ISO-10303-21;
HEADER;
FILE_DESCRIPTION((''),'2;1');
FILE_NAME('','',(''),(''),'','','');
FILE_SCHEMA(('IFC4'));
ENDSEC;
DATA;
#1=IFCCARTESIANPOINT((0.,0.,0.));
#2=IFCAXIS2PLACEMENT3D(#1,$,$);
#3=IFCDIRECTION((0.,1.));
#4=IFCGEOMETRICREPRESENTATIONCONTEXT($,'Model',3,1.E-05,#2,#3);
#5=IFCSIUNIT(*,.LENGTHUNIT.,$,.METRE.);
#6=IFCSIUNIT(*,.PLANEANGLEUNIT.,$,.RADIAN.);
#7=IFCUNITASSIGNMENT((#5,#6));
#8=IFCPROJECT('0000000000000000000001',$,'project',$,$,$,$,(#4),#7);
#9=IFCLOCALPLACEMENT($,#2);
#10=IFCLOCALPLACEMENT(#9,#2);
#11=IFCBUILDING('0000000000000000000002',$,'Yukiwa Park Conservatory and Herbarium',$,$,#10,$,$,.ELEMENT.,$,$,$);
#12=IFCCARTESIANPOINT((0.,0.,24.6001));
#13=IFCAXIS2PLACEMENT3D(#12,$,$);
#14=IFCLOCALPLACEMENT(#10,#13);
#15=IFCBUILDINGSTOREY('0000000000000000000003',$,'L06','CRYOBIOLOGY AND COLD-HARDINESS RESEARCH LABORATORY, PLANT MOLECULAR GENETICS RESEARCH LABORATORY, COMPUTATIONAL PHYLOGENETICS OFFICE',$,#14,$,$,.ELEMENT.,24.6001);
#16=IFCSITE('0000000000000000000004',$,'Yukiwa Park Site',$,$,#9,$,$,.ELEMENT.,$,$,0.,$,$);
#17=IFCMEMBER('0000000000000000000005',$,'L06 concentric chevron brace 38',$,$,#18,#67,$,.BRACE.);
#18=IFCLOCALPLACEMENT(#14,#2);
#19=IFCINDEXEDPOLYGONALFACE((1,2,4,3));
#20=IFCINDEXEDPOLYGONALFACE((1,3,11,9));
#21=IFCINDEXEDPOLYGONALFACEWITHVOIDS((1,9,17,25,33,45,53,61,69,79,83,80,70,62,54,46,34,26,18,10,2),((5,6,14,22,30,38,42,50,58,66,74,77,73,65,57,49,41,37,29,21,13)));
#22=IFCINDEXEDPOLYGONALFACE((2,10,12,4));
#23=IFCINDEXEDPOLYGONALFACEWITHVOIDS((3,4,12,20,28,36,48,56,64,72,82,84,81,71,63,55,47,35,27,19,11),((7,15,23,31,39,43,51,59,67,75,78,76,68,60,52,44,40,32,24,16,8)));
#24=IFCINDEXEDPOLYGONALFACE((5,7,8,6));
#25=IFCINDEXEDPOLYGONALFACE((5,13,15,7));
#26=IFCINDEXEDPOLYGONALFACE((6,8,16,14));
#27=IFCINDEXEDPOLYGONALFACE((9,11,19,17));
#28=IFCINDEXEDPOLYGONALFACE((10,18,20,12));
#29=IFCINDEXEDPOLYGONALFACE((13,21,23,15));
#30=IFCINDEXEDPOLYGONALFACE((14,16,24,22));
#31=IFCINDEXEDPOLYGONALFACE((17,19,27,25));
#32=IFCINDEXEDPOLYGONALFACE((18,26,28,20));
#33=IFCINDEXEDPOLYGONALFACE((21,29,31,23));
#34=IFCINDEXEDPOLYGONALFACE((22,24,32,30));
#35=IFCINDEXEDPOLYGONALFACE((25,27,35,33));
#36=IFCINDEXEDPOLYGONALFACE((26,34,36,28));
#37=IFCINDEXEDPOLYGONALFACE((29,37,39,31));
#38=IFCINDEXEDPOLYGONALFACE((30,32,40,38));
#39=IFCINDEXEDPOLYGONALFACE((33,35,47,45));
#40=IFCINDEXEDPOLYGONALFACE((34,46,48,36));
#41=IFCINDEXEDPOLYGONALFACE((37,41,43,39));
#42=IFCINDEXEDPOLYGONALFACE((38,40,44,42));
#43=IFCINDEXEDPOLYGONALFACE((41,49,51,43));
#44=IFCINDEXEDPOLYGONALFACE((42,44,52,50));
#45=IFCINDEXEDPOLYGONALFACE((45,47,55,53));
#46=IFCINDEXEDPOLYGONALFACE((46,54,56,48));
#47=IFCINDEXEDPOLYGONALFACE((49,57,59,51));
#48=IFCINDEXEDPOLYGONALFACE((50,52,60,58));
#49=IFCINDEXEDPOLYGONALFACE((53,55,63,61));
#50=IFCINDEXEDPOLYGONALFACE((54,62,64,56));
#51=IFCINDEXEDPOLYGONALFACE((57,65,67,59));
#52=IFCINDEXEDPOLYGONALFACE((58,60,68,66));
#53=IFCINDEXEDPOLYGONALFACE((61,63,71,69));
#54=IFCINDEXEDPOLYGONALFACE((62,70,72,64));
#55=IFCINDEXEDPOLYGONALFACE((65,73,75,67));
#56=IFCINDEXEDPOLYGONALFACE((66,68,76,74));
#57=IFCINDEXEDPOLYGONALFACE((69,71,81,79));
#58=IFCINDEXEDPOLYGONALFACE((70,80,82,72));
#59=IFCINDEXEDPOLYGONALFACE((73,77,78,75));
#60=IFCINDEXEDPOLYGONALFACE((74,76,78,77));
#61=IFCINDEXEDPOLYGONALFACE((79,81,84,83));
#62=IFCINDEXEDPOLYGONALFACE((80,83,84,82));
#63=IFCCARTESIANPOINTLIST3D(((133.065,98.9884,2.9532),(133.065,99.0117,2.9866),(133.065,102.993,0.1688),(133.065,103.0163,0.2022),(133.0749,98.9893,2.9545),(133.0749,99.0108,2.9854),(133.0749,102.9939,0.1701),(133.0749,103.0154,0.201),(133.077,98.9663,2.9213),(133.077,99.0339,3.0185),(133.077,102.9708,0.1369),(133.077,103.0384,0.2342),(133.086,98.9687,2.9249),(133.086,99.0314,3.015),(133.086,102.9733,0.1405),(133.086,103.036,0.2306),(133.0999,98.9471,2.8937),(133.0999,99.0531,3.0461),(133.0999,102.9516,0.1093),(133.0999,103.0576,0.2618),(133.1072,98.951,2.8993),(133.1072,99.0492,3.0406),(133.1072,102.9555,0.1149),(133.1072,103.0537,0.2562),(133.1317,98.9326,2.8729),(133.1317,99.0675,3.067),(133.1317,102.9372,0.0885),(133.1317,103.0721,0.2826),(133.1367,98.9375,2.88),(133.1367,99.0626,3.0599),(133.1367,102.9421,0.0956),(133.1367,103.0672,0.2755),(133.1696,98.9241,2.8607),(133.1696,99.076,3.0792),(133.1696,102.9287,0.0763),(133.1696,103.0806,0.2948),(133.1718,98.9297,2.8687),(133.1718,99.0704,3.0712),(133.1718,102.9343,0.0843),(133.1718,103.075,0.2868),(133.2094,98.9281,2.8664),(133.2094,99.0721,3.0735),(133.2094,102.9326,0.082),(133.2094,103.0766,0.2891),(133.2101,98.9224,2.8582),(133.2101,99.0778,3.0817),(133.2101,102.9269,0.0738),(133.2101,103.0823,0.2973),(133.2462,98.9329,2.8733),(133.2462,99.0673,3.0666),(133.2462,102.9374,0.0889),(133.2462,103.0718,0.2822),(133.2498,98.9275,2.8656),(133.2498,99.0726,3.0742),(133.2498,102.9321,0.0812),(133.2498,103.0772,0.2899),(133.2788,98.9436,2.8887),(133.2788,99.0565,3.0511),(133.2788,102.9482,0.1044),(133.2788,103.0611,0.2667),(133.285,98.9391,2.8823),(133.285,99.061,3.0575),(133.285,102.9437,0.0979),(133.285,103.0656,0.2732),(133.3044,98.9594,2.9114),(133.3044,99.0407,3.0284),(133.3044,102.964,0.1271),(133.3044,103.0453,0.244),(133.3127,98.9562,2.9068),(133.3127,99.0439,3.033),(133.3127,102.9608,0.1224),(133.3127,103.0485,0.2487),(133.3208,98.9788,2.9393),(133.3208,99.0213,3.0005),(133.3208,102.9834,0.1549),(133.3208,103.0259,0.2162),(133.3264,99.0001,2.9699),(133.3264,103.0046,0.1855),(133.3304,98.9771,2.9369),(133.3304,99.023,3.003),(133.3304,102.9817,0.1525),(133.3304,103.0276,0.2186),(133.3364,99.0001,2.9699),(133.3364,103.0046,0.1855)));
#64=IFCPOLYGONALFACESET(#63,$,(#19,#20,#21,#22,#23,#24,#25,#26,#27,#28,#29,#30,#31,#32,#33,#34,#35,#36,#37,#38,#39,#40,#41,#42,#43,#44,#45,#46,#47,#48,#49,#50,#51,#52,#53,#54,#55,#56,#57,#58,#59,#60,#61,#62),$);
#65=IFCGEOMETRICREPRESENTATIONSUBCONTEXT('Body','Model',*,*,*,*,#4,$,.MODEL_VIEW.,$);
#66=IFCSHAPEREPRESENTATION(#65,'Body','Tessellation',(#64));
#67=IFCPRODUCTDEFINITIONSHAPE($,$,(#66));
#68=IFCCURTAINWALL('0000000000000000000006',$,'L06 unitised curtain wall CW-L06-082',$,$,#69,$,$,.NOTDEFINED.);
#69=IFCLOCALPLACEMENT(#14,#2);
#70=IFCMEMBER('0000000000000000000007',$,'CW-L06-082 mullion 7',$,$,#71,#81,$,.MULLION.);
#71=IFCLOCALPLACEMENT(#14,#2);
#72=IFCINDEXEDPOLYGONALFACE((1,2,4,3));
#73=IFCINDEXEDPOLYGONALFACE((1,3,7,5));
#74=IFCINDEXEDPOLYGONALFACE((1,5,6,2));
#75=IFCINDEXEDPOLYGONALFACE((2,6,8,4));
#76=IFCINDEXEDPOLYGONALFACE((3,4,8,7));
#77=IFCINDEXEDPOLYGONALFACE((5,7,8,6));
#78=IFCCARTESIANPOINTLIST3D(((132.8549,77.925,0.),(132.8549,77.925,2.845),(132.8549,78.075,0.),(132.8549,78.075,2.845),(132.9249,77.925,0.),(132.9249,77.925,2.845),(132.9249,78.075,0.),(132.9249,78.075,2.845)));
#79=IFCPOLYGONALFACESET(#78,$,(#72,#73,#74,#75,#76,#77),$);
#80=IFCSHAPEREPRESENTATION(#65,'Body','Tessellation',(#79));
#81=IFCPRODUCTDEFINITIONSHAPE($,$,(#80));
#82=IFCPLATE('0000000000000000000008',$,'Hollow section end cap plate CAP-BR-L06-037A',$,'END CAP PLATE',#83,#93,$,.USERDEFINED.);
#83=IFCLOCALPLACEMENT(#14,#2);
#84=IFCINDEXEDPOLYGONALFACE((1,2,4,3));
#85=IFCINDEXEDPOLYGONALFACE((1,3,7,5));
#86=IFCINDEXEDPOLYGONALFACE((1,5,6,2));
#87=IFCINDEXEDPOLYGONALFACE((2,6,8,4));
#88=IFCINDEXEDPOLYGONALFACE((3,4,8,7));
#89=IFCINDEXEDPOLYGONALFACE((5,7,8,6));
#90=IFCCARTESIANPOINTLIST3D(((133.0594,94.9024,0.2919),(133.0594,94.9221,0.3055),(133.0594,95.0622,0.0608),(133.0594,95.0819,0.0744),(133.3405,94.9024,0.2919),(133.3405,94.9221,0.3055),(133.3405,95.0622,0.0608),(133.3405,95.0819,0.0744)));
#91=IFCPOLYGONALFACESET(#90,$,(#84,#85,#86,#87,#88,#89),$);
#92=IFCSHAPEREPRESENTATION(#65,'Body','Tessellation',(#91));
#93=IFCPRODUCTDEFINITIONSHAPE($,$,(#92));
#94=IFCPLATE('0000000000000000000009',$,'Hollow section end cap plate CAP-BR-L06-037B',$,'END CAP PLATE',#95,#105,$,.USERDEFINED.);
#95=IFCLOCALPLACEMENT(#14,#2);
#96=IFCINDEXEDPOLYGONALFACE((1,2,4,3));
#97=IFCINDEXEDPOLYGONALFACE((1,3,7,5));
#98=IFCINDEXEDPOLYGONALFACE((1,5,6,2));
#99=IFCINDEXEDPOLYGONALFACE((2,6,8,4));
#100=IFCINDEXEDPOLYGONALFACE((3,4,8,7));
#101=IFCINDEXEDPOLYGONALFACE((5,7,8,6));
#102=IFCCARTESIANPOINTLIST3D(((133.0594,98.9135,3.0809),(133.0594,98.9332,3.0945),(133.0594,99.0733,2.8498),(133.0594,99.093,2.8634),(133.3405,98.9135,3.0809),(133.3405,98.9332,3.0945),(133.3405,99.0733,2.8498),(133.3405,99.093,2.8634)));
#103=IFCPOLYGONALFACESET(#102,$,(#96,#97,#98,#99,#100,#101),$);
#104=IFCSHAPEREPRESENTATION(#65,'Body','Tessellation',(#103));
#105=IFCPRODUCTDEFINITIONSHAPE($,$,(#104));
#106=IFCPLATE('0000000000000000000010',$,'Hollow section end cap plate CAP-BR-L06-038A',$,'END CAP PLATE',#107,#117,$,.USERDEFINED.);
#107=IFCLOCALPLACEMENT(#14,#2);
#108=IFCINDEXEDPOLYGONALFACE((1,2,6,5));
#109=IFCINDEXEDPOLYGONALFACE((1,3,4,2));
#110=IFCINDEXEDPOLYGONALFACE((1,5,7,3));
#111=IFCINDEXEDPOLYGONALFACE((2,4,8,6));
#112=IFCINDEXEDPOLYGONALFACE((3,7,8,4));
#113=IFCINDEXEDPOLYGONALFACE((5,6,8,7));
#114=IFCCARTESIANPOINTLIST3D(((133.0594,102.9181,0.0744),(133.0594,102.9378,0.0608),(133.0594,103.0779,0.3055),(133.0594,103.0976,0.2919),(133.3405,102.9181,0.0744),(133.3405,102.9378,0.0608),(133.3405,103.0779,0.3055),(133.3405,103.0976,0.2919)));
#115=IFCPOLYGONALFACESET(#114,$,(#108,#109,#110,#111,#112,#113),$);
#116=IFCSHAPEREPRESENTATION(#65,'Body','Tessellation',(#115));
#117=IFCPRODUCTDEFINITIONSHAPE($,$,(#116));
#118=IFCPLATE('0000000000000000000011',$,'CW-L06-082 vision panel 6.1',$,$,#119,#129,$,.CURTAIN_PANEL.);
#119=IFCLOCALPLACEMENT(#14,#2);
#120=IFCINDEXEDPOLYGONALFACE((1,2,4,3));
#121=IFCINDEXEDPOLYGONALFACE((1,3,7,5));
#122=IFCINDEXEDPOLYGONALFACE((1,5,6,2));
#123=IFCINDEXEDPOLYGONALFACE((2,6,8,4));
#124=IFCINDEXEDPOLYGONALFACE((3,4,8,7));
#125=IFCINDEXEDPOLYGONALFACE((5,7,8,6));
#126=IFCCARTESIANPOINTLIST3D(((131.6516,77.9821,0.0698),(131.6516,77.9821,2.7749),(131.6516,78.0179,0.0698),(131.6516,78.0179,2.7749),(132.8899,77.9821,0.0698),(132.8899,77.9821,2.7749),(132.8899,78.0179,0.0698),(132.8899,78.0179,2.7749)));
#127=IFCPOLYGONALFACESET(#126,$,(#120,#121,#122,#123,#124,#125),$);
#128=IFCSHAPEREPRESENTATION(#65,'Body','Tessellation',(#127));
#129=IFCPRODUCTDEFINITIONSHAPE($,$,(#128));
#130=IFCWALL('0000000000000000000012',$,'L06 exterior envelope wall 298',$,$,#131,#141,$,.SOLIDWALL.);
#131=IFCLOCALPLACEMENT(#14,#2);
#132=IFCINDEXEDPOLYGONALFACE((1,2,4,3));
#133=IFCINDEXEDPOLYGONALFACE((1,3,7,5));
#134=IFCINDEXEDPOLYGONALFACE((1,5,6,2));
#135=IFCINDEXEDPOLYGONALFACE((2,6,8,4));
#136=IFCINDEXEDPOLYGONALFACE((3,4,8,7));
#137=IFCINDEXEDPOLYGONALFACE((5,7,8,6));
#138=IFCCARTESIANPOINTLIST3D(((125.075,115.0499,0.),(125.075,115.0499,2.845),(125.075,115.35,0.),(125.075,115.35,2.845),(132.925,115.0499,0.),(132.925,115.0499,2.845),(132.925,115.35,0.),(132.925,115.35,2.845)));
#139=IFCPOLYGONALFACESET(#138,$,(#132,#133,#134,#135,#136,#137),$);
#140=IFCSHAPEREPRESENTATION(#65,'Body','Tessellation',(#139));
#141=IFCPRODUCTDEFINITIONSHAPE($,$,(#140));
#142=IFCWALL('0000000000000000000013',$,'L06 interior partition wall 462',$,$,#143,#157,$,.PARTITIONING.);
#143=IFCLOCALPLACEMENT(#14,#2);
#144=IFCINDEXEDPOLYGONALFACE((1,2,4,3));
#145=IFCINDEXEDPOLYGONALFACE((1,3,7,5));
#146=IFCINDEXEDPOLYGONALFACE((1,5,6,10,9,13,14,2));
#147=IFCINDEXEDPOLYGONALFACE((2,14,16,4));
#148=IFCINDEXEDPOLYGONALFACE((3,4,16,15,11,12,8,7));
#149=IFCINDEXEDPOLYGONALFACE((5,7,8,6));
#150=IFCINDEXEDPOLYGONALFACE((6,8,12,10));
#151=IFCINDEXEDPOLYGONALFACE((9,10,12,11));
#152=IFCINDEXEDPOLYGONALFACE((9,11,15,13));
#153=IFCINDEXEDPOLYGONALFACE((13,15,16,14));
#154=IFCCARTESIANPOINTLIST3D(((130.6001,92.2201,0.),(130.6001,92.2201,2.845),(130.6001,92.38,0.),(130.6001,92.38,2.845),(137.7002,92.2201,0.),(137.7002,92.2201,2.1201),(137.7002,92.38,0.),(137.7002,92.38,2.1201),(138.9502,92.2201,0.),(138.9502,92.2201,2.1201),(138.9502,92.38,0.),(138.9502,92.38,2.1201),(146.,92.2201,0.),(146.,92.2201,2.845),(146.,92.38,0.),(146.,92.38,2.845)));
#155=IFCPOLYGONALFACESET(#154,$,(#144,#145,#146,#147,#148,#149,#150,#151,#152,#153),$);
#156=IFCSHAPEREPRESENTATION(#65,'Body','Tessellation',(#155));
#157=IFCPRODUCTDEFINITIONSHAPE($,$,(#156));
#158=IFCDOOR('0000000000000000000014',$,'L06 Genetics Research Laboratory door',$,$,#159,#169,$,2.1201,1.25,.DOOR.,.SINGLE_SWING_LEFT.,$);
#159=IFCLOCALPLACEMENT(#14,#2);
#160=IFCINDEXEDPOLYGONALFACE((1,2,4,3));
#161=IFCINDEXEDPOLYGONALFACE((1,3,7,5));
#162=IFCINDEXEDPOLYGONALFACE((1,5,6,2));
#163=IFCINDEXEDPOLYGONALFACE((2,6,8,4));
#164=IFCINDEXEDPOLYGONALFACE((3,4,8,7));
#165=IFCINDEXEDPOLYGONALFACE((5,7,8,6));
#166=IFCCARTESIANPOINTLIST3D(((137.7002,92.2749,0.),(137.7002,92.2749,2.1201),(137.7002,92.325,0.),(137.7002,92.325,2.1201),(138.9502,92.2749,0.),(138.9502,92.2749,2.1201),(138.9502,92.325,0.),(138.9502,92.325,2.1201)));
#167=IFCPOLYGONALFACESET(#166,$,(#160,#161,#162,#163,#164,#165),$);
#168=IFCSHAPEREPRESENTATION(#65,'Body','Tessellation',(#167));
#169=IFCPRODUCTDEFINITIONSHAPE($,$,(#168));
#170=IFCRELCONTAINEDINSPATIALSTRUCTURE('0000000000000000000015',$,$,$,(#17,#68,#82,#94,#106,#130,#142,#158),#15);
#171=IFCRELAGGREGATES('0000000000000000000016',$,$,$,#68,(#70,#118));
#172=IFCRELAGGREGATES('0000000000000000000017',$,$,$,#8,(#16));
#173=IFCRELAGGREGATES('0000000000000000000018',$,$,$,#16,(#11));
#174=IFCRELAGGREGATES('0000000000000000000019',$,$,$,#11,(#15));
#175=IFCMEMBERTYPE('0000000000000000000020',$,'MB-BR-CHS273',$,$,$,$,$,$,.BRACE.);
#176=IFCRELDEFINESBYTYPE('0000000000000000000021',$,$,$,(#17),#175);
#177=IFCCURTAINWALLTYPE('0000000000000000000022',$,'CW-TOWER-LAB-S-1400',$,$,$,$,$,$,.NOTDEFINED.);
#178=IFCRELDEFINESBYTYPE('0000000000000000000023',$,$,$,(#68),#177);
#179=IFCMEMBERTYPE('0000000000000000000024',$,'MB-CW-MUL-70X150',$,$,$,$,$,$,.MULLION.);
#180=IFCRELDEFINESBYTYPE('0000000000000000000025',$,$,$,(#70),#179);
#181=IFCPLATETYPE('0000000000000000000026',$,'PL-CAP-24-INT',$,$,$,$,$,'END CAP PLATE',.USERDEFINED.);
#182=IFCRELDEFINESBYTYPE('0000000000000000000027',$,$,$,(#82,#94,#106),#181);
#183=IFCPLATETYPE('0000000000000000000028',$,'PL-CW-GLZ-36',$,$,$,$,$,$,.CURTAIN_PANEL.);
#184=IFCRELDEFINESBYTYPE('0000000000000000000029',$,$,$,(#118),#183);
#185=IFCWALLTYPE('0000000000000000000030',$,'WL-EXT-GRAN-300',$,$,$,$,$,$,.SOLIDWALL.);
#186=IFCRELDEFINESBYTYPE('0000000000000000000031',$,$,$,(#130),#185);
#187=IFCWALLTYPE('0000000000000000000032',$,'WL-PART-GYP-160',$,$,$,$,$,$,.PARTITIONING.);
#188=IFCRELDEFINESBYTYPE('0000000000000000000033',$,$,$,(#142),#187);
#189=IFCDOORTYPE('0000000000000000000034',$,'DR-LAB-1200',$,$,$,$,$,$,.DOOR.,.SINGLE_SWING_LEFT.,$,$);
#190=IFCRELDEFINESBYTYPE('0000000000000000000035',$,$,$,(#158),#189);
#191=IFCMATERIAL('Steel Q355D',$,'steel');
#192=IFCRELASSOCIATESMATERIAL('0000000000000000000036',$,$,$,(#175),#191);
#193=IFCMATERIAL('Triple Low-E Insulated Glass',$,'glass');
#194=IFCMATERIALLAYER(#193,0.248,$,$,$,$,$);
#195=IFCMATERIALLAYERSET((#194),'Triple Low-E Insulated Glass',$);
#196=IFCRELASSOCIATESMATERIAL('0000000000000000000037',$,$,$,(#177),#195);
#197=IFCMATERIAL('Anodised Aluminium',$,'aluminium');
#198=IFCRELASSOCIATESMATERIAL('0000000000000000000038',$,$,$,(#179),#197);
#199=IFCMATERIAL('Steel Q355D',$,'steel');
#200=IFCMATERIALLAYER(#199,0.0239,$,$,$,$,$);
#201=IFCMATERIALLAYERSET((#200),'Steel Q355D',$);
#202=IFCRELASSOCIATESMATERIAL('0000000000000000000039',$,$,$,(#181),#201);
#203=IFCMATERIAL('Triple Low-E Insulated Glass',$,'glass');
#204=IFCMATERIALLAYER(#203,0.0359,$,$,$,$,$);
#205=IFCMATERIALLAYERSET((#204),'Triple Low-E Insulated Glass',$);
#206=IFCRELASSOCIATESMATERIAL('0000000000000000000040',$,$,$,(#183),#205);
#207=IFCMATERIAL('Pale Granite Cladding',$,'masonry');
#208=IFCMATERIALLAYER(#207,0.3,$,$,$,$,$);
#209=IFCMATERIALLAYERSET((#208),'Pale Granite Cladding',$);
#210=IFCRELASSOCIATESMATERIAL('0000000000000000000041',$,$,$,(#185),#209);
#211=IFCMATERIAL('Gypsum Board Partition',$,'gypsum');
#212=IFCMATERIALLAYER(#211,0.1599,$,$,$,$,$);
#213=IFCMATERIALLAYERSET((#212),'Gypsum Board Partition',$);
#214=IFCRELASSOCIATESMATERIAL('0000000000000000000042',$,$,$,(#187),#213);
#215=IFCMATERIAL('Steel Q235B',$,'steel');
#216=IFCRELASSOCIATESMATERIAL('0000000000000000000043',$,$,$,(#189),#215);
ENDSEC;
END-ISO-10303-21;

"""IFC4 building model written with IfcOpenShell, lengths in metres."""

from ifc_helpers import new_model, si_unit, direction, frame, frame_2d, origin, origin_2d, place, context, subcontext, project, spatial, rectangle, hollow_circle, extrude, material, layer, layer_set, material_profile, profile_set, type_object, element, fill, aggregate, save


model = new_model("IFC4")

# Units and contexts
model_context = context("Model", 3, precision=1e-05, world=origin(), true_north=direction((0.0, 1.0)))
body_context = subcontext(model_context, "Body", "Model", "MODEL_VIEW")
ifc_project = project(units=[si_unit("LENGTHUNIT", "METRE"), si_unit("PLANEANGLEUNIT", "RADIAN")], contexts=[model_context])

# Site, building, storey
site_placement = place(None, origin())
site = spatial("IfcSite", under=ifc_project, at=site_placement, Name="Yukiwa Park Site", CompositionType="ELEMENT", RefElevation=0.0)
building_placement = place(site_placement, origin())
building = spatial("IfcBuilding", under=site, at=building_placement, Name="Yukiwa Park Conservatory and Herbarium", CompositionType="ELEMENT")
storey_placement = place(building_placement, frame((0.0, 0.0, 24.6001)))
storey = spatial("IfcBuildingStorey", under=building, at=storey_placement, Name="L06", Description="CRYOBIOLOGY AND COLD-HARDINESS RESEARCH LABORATORY, PLANT MOLECULAR GENETICS RESEARCH LABORATORY, COMPUTATIONAL PHYLOGENETICS OFFICE", CompositionType="ELEMENT", Elevation=24.6001)

# Member
ifc_material_1 = material(Name="Steel Q355D", Category="steel")
ifc_material_profile_1 = material_profile(ifc_material_1, hollow_circle(Radius=0.1365, WallThickness=0.01, at=origin_2d()), Name="CHS 273x10")
ifc_profile_set_1 = profile_set([ifc_material_profile_1], Name="Steel Q355D")
member_type_1 = type_object("IfcMemberType", Name="MB-BR-CHS273", PredefinedType="BRACE", material=ifc_profile_set_1)
for number, where, z_axis, x_axis, name in (
    (1, (133.2, 103.0046, 0.1855), (0.0, -0.821041, 0.570869), (1.0, 0.0, 0.0), "L06 concentric chevron brace 38"),
):
    element("IfcMember", number, at=place(storey_placement, frame(where, z_axis=z_axis, x_axis=x_axis)), inside=storey, type_object=member_type_1, Name=name, PredefinedType="BRACE", context=body_context, shape_type="SweptSolid", body=[
        extrude(hollow_circle(Radius=0.1365, WallThickness=0.01, at=origin_2d()), origin(), (0.0, 0.0, 1.0), 4.8774),
    ])

# Curtain wall, member
ifc_material_2 = material(Name="Triple Low-E Insulated Glass", Category="glass")
ifc_layer_1 = layer(ifc_material_2, 0.248)
ifc_layer_set_1 = layer_set([ifc_layer_1], Name="Triple Low-E Insulated Glass")
curtain_wall_type = type_object("IfcCurtainWallType", Name="CW-TOWER-LAB-S-1400", PredefinedType="NOTDEFINED", material=ifc_layer_set_1)
curtain_wall_placement = place(storey_placement, origin())
curtain_wall = element("IfcCurtainWall", 2, at=curtain_wall_placement, inside=storey, type_object=curtain_wall_type, Name="L06 unitised curtain wall CW-L06-082", PredefinedType="NOTDEFINED")
ifc_material_3 = material(Name="Anodised Aluminium", Category="aluminium")
member_type_2 = type_object("IfcMemberType", Name="MB-CW-MUL-70X150", PredefinedType="MULLION", material=ifc_material_3)
member_placement = place(storey_placement, frame((132.8899, 78.0, 0.0), z_axis=(0.0, 0.0, 1.0), x_axis=(1.0, 0.0, 0.0)))
member = element("IfcMember", 3, at=member_placement, type_object=member_type_2, Name="CW-L06-082 mullion 7", PredefinedType="MULLION", context=body_context, shape_type="SweptSolid", body=[
    extrude(rectangle(XDim=0.0701, YDim=0.1499, at=origin_2d()), origin(), (0.0, 0.0, 1.0), 2.845),
])

# Plates
ifc_material_4 = material(Name="Steel Q355D", Category="steel")
ifc_layer_2 = layer(ifc_material_4, 0.0239)
ifc_layer_set_2 = layer_set([ifc_layer_2], Name="Steel Q355D")
plate_type_1 = type_object("IfcPlateType", Name="PL-CAP-24-INT", ElementType="END CAP PLATE", PredefinedType="USERDEFINED", material=ifc_layer_set_2)
for number, where, z_axis, x_axis, name in (
    (4, (133.2, 95.002, 0.1899), (0.0, -0.822558, -0.568682), (1.0, 0.0, 0.0), "Hollow section end cap plate CAP-BR-L06-037A"),
    (5, (133.2, 98.9934, 2.9653), (0.0, 0.822558, 0.568682), (-1.0, 0.0, 0.0), "Hollow section end cap plate CAP-BR-L06-037B"),
    (6, (133.2, 102.998, 0.1899), (0.0, 0.822558, -0.568682), (-1.0, 0.0, 0.0), "Hollow section end cap plate CAP-BR-L06-038A"),
):
    element("IfcPlate", number, at=place(storey_placement, frame(where, z_axis=z_axis, x_axis=x_axis)), inside=storey, type_object=plate_type_1, Name=name, ObjectType="END CAP PLATE", PredefinedType="USERDEFINED", context=body_context, shape_type="SweptSolid", body=[
        extrude(rectangle(XDim=0.281, YDim=0.281, at=origin_2d()), origin(), (0.0, 0.0, 1.0), 0.0239),
    ])

# Plate
ifc_material_5 = material(Name="Triple Low-E Insulated Glass", Category="glass")
ifc_layer_3 = layer(ifc_material_5, 0.0359)
ifc_layer_set_3 = layer_set([ifc_layer_3], Name="Triple Low-E Insulated Glass")
plate_type_2 = type_object("IfcPlateType", Name="PL-CW-GLZ-36", PredefinedType="CURTAIN_PANEL", material=ifc_layer_set_3)
plate_placement = place(storey_placement, frame((132.2708, 78.0, 0.0698), z_axis=(0.0, 0.0, 1.0), x_axis=(1.0, 0.0, 0.0)))
plate = element("IfcPlate", 7, at=plate_placement, type_object=plate_type_2, Name="CW-L06-082 vision panel 6.1", PredefinedType="CURTAIN_PANEL", context=body_context, shape_type="SweptSolid", body=[
    extrude(rectangle(XDim=1.2383, YDim=0.0359, at=origin_2d()), origin(), (0.0, 0.0, 1.0), 2.7051),
])
aggregate(curtain_wall, [member, plate])

# Wall
ifc_material_6 = material(Name="Pale Granite Cladding", Category="masonry")
ifc_layer_4 = layer(ifc_material_6, 0.3)
ifc_layer_set_4 = layer_set([ifc_layer_4], Name="Pale Granite Cladding")
wall_type_1 = type_object("IfcWallType", Name="WL-EXT-GRAN-300", PredefinedType="SOLIDWALL", material=ifc_layer_set_4)
wall_1_placement = place(storey_placement, frame((132.925, 115.2, 0.0), z_axis=(0.0, 0.0, 1.0), x_axis=(-1.0, 0.0, 0.0)))
element("IfcWall", 8, at=wall_1_placement, inside=storey, type_object=wall_type_1, Name="L06 exterior envelope wall 298", PredefinedType="SOLIDWALL", context=body_context, shape_type="SweptSolid", body=[
    extrude(rectangle(XDim=7.8501, YDim=0.3, at=frame_2d((3.925, 0.0))), origin(), (0.0, 0.0, 1.0), 2.845),
])

# Wall, opening, door
ifc_material_7 = material(Name="Gypsum Board Partition", Category="gypsum")
ifc_layer_5 = layer(ifc_material_7, 0.1599)
ifc_layer_set_5 = layer_set([ifc_layer_5], Name="Gypsum Board Partition")
wall_type_2 = type_object("IfcWallType", Name="WL-PART-GYP-160", PredefinedType="PARTITIONING", material=ifc_layer_set_5)
wall_2_placement = place(storey_placement, frame((130.6001, 92.3, 0.0), z_axis=(0.0, 0.0, 1.0), x_axis=(1.0, 0.0, 0.0)))
wall_2 = element("IfcWall", 9, at=wall_2_placement, inside=storey, type_object=wall_type_2, Name="L06 interior partition wall 462", PredefinedType="PARTITIONING", context=body_context, shape_type="SweptSolid", body=[
    extrude(rectangle(XDim=15.3999, YDim=0.1599, at=frame_2d((7.7, 0.0))), origin(), (0.0, 0.0, 1.0), 2.845),
])
opening_1_placement = place(wall_2_placement, frame((7.1001, 0.0, 0.0)))
opening_1 = element("IfcOpeningElement", 10, at=opening_1_placement, cuts=wall_2, PredefinedType="OPENING", context=body_context, shape_type="SweptSolid", body=[
    extrude(rectangle(XDim=1.25, YDim=2.1201, at=frame_2d((0.625, 1.0601))), frame((0.0, 0.0898, 0.0), z_axis=(0.0, -1.0, 0.0), x_axis=(1.0, 0.0, 0.0)), (0.0, 0.0, 1.0), 0.1799),
])
ifc_material_8 = material(Name="Steel Q235B", Category="steel")
door_type_1 = type_object("IfcDoorType", Name="DR-LAB-1200", OperationType="SINGLE_SWING_LEFT", PredefinedType="DOOR", material=ifc_material_8)
door_1_placement = place(opening_1_placement, origin())
door_1 = element("IfcDoor", 11, at=door_1_placement, inside=storey, type_object=door_type_1, Name="L06 Genetics Research Laboratory door", OperationType="SINGLE_SWING_LEFT", OverallHeight=2.1201, OverallWidth=1.25, PredefinedType="DOOR", context=body_context, shape_type="SweptSolid", body=[
    extrude(rectangle(XDim=1.25, YDim=2.1201, at=frame_2d((0.625, 1.0601))), frame((0.0, 0.0249, 0.0), z_axis=(0.0, -1.0, 0.0), x_axis=(1.0, 0.0, 0.0)), (0.0, 0.0, 1.0), 0.05),
])
fill(opening_1, door_1)

save(model, "model.ifc")
